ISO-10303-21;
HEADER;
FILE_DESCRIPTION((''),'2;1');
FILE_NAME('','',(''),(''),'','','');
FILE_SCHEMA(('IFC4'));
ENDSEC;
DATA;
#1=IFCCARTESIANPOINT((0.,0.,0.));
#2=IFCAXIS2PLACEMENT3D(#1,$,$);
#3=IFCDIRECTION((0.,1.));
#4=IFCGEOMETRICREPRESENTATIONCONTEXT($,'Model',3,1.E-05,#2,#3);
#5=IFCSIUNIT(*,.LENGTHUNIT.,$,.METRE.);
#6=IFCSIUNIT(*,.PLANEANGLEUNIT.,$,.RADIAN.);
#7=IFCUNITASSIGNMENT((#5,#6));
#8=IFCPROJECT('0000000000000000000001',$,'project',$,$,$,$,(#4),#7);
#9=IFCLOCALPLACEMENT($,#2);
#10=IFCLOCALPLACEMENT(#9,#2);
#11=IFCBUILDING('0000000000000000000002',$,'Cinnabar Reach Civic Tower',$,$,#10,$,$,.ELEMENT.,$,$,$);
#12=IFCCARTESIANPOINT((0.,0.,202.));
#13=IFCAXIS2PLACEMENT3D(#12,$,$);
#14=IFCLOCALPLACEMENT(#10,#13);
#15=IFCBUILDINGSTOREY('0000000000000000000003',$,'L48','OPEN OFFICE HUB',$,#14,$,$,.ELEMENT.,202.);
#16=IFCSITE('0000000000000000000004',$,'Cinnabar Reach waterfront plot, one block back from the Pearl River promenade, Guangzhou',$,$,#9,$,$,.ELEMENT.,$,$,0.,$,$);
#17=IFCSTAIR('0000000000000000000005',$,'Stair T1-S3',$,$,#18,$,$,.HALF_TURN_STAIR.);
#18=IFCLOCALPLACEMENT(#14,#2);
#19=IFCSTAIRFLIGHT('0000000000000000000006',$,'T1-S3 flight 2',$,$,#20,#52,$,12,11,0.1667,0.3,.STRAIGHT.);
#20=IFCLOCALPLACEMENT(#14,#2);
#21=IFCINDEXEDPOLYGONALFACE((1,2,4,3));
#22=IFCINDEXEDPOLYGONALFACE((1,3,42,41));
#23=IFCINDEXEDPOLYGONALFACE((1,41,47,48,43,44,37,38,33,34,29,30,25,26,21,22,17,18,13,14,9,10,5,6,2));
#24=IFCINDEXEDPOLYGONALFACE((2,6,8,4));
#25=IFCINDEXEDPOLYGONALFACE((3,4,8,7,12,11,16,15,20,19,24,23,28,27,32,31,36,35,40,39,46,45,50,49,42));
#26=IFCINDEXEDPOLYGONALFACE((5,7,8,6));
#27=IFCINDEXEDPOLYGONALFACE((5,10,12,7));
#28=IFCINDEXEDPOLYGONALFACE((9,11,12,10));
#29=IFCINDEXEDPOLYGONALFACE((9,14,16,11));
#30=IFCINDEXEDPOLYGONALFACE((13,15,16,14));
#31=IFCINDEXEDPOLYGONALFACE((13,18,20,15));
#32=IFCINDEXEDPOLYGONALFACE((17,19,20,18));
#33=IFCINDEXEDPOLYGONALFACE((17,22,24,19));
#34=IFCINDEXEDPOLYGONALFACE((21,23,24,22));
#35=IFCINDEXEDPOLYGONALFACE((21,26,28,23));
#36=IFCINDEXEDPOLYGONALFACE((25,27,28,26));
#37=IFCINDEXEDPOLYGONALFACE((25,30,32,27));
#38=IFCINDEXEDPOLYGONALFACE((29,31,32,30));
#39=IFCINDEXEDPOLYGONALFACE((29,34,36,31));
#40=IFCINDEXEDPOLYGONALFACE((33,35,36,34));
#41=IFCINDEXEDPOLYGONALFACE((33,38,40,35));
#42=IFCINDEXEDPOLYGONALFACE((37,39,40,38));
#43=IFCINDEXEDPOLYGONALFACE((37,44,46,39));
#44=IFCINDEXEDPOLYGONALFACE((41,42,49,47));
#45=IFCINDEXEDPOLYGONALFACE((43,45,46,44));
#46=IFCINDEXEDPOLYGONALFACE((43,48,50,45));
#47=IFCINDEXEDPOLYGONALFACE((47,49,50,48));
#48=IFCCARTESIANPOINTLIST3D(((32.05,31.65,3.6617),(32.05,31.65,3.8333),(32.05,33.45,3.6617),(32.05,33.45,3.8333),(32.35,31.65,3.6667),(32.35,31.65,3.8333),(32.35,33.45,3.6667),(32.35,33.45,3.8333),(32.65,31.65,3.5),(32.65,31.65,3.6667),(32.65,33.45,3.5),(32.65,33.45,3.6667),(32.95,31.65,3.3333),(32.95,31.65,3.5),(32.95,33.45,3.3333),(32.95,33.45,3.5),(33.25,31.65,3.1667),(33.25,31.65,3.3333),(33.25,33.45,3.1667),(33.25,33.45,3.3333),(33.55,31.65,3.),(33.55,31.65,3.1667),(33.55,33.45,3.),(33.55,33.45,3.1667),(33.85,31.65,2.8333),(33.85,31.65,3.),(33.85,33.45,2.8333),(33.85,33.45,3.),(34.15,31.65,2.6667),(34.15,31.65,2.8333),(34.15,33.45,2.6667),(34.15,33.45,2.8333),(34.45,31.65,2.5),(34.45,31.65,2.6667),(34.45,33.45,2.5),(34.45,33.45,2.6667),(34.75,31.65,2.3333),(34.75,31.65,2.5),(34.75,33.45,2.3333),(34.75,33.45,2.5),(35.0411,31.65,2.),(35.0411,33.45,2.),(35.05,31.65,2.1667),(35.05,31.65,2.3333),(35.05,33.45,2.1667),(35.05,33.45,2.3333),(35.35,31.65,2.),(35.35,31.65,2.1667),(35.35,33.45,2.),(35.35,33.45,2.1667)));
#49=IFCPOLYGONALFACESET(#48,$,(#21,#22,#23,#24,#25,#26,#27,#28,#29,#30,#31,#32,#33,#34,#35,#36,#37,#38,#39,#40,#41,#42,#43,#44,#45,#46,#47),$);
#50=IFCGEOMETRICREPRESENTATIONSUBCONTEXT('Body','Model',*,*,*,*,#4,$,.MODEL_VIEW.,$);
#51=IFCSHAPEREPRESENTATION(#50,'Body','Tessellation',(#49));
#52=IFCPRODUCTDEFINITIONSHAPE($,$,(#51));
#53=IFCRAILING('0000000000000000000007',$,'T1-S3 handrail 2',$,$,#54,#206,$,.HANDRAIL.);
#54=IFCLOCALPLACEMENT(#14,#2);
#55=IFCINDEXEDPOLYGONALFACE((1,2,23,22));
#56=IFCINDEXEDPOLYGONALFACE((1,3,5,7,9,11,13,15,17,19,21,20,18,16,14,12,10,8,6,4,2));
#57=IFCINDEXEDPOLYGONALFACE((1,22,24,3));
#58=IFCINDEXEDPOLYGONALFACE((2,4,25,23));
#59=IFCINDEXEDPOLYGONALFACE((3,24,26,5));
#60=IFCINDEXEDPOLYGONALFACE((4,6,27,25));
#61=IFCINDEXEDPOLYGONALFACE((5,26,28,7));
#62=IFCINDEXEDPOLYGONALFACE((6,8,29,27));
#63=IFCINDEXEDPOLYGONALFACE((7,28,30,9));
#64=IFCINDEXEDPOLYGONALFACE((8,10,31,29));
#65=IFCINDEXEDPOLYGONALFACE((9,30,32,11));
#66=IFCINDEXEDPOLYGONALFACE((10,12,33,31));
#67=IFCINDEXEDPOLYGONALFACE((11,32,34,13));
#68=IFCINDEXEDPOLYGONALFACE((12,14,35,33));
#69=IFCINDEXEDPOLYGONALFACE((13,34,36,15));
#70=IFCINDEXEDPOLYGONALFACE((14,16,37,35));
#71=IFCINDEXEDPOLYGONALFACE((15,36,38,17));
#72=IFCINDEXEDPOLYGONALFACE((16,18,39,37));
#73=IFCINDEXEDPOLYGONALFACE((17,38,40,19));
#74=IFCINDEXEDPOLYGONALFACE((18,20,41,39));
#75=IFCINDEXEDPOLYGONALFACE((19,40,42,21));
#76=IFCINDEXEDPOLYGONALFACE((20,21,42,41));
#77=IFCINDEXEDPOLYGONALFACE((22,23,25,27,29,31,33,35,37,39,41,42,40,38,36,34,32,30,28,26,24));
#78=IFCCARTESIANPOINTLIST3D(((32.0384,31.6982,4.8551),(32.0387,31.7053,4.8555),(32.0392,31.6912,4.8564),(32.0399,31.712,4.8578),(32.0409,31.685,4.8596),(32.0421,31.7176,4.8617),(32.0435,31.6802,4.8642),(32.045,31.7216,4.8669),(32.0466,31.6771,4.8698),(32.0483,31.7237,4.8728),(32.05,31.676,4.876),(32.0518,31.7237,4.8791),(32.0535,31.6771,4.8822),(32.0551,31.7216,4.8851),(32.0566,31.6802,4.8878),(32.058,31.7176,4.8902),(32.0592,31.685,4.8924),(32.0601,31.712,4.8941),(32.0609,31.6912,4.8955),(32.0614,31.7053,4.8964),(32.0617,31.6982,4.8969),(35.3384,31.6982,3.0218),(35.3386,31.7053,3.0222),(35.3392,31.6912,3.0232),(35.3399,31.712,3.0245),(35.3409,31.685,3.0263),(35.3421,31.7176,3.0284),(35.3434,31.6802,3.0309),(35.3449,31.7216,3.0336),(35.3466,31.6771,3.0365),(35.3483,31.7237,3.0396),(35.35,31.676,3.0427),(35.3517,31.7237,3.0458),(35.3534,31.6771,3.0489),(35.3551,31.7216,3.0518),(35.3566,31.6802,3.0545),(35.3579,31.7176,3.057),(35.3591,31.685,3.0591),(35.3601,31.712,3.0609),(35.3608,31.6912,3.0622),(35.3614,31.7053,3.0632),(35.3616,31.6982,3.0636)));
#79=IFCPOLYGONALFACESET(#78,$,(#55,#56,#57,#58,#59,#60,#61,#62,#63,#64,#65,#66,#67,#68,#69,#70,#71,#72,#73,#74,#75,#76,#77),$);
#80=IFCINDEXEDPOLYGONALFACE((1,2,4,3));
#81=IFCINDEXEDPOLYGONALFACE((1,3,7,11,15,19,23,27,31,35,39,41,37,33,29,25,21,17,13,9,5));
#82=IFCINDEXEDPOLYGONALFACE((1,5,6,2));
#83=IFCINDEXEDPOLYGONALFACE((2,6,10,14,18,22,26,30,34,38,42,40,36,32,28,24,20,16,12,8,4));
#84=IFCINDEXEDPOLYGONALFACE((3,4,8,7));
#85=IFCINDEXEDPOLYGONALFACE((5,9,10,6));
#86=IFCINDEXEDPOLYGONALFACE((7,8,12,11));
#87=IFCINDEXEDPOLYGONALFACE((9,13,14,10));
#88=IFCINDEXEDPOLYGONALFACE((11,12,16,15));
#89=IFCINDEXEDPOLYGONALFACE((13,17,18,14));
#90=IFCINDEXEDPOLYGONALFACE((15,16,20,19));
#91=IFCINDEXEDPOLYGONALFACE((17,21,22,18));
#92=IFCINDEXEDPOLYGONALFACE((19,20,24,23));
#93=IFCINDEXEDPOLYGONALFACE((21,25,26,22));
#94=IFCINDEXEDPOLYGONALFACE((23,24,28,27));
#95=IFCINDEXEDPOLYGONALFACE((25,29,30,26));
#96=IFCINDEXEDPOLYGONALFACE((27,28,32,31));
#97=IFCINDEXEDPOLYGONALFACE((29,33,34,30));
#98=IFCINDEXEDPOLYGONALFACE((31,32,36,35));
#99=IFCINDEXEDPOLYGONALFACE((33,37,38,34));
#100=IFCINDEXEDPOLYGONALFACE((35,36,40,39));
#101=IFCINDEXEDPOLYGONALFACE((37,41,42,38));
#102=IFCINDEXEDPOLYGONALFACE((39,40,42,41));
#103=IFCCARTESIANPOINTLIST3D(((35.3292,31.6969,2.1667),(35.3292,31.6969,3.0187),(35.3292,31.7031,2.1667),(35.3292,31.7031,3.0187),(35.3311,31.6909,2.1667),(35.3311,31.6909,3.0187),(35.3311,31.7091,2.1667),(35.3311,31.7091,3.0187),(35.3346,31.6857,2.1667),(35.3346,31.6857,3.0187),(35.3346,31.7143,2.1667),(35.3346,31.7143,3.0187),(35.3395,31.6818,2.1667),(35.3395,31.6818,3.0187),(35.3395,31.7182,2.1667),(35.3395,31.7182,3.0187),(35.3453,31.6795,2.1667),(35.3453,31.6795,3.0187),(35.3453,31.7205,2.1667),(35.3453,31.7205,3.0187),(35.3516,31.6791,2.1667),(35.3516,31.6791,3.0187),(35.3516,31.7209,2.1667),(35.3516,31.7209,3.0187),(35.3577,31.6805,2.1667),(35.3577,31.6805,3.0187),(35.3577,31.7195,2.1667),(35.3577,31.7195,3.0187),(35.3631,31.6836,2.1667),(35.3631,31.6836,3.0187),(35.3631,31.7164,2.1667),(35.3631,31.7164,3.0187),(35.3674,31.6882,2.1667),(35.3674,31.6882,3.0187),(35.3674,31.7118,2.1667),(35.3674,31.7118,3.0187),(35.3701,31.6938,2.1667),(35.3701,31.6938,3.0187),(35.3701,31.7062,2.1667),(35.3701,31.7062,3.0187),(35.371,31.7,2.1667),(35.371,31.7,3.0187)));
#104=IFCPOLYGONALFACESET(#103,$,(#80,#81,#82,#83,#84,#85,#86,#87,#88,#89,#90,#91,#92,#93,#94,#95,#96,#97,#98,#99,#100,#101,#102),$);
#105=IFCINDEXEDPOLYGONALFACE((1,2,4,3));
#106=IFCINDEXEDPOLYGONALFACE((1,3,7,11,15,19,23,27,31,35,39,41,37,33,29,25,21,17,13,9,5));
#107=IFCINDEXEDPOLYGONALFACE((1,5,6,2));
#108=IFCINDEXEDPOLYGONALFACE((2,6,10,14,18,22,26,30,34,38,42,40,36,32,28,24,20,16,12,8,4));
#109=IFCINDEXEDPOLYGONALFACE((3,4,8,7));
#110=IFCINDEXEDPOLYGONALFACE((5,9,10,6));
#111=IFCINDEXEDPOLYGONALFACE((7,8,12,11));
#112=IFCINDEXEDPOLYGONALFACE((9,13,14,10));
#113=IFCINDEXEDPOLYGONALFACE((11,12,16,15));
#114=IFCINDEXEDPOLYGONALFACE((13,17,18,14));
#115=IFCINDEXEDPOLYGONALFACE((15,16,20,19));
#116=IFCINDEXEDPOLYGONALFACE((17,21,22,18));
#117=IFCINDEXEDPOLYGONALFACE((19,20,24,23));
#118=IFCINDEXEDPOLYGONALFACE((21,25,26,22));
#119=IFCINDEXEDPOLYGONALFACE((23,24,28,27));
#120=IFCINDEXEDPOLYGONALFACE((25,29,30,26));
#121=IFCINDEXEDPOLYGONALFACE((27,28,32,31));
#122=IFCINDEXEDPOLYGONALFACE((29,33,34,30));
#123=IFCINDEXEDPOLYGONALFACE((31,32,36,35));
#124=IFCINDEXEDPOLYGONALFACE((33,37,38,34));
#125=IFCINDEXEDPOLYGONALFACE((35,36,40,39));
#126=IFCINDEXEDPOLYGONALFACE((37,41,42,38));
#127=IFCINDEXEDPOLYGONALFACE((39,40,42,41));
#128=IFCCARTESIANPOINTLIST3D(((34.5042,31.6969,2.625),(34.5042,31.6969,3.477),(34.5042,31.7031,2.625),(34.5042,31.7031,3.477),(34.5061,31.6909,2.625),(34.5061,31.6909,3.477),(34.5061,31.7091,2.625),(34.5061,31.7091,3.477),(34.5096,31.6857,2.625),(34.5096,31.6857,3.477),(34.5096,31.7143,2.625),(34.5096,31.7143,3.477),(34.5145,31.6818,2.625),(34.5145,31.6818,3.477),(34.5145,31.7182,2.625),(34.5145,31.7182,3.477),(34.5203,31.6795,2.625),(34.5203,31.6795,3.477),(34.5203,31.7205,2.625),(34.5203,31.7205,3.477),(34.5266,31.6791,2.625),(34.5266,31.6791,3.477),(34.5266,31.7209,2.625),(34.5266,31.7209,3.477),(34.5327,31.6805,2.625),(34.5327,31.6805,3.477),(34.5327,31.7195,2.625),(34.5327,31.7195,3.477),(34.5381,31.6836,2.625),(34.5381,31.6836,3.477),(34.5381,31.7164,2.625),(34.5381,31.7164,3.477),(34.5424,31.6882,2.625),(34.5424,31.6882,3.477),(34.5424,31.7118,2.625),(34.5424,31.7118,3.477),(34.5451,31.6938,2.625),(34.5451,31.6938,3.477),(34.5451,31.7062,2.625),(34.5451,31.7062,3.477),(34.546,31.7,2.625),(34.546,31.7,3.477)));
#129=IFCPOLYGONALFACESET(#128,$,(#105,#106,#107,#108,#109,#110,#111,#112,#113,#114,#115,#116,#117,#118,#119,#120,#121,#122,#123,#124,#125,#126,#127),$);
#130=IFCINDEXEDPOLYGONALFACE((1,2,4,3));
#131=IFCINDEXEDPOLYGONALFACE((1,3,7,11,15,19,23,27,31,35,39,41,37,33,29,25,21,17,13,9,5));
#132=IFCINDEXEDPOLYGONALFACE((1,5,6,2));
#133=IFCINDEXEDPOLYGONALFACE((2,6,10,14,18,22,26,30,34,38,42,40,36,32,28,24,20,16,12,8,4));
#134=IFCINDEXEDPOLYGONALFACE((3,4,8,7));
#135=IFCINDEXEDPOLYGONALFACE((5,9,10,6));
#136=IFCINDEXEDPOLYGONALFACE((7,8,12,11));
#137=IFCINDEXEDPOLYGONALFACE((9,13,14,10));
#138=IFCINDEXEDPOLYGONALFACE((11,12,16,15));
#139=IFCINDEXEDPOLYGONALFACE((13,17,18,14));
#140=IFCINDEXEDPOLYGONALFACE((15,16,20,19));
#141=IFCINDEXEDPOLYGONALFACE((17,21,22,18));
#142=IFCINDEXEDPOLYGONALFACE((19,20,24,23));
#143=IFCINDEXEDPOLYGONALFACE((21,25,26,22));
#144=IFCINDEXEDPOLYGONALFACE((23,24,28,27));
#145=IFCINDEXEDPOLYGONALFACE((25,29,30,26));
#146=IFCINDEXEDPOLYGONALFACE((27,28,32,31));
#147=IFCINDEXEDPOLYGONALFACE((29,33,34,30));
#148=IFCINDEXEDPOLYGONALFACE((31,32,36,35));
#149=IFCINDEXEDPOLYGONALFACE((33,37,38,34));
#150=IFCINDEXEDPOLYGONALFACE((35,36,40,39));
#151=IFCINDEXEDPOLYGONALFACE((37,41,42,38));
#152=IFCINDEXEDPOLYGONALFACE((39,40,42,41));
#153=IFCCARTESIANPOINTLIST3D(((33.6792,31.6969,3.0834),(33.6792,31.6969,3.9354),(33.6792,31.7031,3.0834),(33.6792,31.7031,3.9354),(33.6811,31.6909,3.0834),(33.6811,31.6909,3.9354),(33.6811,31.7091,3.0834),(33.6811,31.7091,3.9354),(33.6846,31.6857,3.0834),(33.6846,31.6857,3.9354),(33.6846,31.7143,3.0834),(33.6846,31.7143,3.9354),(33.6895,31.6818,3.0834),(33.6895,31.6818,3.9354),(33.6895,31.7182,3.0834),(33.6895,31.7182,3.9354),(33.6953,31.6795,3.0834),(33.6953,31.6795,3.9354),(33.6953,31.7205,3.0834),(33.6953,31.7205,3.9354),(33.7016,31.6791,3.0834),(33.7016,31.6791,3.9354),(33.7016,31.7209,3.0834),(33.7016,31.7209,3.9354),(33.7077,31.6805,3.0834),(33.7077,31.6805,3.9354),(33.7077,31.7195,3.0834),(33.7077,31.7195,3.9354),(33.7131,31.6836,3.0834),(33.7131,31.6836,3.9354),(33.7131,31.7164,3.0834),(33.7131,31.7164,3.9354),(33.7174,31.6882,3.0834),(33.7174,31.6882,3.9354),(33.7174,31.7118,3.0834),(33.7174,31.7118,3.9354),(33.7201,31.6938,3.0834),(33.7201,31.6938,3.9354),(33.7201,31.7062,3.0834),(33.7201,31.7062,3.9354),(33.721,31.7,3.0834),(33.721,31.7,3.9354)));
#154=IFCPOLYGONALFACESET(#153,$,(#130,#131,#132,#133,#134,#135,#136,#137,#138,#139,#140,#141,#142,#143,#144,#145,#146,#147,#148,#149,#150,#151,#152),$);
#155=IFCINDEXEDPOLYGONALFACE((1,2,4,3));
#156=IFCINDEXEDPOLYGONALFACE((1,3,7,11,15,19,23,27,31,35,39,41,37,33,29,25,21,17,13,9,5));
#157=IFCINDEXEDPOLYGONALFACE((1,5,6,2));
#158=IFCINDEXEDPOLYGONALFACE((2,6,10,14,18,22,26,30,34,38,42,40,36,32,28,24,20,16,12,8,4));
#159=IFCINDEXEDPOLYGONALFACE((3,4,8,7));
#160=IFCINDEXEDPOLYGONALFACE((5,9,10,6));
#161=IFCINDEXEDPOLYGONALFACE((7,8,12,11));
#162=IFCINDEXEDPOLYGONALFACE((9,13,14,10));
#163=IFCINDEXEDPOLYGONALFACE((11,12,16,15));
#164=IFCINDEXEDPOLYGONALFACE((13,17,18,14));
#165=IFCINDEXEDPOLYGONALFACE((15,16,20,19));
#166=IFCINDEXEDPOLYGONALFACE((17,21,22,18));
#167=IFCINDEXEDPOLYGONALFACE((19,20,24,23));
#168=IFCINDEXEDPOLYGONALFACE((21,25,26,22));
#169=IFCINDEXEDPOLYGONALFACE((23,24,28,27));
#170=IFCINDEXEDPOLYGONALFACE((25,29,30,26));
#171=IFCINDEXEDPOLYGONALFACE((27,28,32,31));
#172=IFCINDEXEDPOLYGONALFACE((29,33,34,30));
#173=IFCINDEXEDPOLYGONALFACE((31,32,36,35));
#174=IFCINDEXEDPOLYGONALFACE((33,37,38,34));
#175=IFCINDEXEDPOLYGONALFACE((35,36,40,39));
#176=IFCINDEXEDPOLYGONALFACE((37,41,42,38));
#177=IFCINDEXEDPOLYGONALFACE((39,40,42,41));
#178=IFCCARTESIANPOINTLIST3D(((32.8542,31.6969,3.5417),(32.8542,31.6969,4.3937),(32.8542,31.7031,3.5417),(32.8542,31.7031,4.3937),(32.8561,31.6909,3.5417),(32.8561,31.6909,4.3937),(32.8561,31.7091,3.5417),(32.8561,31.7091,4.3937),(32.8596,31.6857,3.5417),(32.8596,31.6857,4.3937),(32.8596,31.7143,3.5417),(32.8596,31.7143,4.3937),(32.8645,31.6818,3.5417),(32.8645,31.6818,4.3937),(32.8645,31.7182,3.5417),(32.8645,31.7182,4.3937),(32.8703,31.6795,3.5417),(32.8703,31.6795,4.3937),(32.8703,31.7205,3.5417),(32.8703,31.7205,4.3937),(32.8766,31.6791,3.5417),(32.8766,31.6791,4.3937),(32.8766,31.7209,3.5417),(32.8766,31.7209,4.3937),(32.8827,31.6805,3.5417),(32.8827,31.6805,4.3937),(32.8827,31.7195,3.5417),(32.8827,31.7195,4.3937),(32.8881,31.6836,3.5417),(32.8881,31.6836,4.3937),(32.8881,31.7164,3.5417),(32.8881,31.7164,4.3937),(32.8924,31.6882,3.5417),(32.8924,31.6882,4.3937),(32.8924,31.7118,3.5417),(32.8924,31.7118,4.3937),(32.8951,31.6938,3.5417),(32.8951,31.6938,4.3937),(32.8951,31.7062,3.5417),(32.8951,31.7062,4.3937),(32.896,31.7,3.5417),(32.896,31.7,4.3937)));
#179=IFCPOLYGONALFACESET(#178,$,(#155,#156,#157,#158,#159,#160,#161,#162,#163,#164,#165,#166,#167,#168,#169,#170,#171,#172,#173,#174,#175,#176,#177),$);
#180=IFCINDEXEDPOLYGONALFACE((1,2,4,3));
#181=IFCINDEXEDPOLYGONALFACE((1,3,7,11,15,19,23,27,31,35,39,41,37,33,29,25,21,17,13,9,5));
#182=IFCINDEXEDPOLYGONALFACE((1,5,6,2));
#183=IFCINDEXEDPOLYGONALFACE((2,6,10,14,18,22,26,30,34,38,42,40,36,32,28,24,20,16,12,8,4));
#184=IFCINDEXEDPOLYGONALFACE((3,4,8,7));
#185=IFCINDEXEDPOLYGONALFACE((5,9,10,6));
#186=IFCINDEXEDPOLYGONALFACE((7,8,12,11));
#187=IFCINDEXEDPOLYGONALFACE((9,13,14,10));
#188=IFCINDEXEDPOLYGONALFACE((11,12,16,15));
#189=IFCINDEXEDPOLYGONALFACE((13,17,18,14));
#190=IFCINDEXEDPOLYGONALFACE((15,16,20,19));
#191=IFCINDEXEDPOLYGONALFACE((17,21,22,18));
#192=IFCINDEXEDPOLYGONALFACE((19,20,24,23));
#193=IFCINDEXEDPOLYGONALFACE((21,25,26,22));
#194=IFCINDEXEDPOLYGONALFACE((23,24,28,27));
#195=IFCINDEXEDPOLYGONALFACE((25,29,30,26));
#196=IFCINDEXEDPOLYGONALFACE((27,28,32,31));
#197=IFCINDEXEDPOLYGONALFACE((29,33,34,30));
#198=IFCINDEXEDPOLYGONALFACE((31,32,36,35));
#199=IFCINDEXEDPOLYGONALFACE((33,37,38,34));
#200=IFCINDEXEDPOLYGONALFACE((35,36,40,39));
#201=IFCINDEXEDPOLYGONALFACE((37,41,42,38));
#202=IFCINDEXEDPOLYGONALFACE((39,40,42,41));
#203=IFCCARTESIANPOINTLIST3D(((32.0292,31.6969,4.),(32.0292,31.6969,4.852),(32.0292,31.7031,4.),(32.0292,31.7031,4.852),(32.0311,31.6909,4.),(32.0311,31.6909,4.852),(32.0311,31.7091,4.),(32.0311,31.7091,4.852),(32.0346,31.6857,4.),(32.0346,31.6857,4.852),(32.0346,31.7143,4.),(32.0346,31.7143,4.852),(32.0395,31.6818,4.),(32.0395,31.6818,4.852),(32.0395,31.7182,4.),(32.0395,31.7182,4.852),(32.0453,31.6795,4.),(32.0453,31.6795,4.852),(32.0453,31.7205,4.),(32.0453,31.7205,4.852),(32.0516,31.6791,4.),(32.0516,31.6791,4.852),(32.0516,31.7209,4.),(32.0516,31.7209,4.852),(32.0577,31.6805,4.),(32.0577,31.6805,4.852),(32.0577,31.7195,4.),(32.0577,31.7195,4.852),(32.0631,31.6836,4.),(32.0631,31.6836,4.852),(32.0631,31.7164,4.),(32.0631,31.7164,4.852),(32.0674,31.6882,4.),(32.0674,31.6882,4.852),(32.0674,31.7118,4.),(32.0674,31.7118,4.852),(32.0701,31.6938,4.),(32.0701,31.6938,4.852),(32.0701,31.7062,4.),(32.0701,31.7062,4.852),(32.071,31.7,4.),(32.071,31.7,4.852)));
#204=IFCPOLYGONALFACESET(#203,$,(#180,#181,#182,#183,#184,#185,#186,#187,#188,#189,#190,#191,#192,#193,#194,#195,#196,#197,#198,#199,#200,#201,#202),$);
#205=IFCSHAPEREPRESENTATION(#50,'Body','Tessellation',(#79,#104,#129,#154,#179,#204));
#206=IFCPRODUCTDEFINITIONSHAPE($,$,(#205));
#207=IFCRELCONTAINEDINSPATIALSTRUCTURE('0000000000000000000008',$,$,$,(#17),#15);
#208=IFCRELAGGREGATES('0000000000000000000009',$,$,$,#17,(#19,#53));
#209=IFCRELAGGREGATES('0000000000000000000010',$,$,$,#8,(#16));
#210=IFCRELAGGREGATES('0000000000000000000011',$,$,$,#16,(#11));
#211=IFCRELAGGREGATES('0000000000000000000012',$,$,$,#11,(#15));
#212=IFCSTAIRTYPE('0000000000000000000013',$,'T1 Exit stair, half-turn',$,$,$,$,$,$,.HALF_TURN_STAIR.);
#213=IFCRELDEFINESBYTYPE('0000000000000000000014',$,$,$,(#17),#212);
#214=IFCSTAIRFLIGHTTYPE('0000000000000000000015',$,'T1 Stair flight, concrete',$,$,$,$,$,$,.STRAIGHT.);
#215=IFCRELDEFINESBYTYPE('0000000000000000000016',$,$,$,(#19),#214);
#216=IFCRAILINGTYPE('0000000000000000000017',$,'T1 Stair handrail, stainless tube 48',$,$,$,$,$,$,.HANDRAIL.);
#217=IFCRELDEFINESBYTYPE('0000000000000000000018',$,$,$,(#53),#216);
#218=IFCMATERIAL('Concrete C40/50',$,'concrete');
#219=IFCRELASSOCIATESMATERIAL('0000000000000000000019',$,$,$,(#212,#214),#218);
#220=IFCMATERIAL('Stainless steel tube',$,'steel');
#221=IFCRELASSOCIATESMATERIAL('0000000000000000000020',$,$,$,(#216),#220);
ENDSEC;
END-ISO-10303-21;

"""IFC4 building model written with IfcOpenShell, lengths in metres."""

from ifc_helpers import new_model, si_unit, direction, frame, origin, origin_2d, place, context, subcontext, project, spatial, polyline, circle, outline, extrude, material, type_object, element, aggregate, save


model = new_model("IFC4")

# Units and contexts
model_context = context("Model", 3, precision=1e-05, world=origin(), true_north=direction((0.0, 1.0)))
body_context = subcontext(model_context, "Body", "Model", "MODEL_VIEW")
ifc_project = project(units=[si_unit("LENGTHUNIT", "METRE"), si_unit("PLANEANGLEUNIT", "RADIAN")], contexts=[model_context])

# Site, building, storey
site_placement = place(None, origin())
site = spatial("IfcSite", under=ifc_project, at=site_placement, Name="Cinnabar Reach waterfront plot, one block back from the Pearl River promenade, Guangzhou", CompositionType="ELEMENT", RefElevation=0.0)
building_placement = place(site_placement, origin())
building = spatial("IfcBuilding", under=site, at=building_placement, Name="Cinnabar Reach Civic Tower", CompositionType="ELEMENT")
storey_placement = place(building_placement, frame((0.0, 0.0, 202.0)))
storey = spatial("IfcBuildingStorey", under=building, at=storey_placement, Name="L48", Description="OPEN OFFICE HUB", CompositionType="ELEMENT", Elevation=202.0)

# Stair, stair flight, railing
ifc_material_1 = material(Name="Concrete C40/50", Category="concrete")
stair_type = type_object("IfcStairType", Name="T1 Exit stair, half-turn", PredefinedType="HALF_TURN_STAIR", material=ifc_material_1)
stair_placement = place(storey_placement, origin())
stair = element("IfcStair", 1, at=stair_placement, inside=storey, type_object=stair_type, Name="Stair T1-S3", PredefinedType="HALF_TURN_STAIR")
stair_flight_type = type_object("IfcStairFlightType", Name="T1 Stair flight, concrete", PredefinedType="STRAIGHT", material=ifc_material_1)
stair_flight_placement = place(storey_placement, frame((35.35, 32.55, 2.0), z_axis=(0.0, 0.0, 1.0), x_axis=(-1.0, 0.0, 0.0)))
stair_flight = element("IfcStairFlight", 2, at=stair_flight_placement, type_object=stair_flight_type, Name="T1-S3 flight 2", NumberOfRisers=12, NumberOfTreads=11, PredefinedType="STRAIGHT", RiserHeight=0.1667, TreadLength=0.3, context=body_context, shape_type="SweptSolid", body=[
    extrude(outline(polyline([(0.0, 0.0), (0.0, 0.1667), (0.3, 0.1667), (0.3, 0.3333), (0.6, 0.3333), (0.6, 0.5), (0.9, 0.5), (0.9, 0.6667), (1.2, 0.6667), (1.2, 0.8333), (1.5, 0.8333), (1.5, 1.0), (1.8, 1.0), (1.8, 1.1667), (2.1, 1.1667), (2.1, 1.3333), (2.4, 1.3333), (2.4, 1.5), (2.7, 1.5), (2.7, 1.6667), (3.0, 1.6667), (3.0, 1.8333), (3.3, 1.8333), (3.3, 2.0), (3.3, 1.6617), (0.3089, 0.0), (0.0, 0.0)])), frame((0.0, 0.9, 0.0), z_axis=(0.0, -1.0, 0.0), x_axis=(1.0, 0.0, 0.0)), (0.0, 0.0, 1.0), 1.8),
])
ifc_material_2 = material(Name="Stainless steel tube", Category="steel")
railing_type = type_object("IfcRailingType", Name="T1 Stair handrail, stainless tube 48", PredefinedType="HANDRAIL", material=ifc_material_2)
railing_placement = place(storey_placement, frame((35.35, 31.7, 2.1667)))
railing = element("IfcRailing", 3, at=railing_placement, type_object=railing_type, Name="T1-S3 handrail 2", PredefinedType="HANDRAIL", context=body_context, shape_type="SweptSolid", body=[
    extrude(circle(Radius=0.024, at=origin_2d()), frame((0.0, 0.0, 0.876), z_axis=(-0.874161, 0.0, 0.485636), x_axis=(0.0, -1.0, 0.0)), (0.0, 0.0, 1.0), 3.775),
    extrude(circle(Radius=0.021, at=origin_2d()), origin(), (0.0, 0.0, 1.0), 0.852),
    extrude(circle(Radius=0.021, at=origin_2d()), frame((-0.825, 0.0, 0.4583)), (0.0, 0.0, 1.0), 0.852),
    extrude(circle(Radius=0.021, at=origin_2d()), frame((-1.65, 0.0, 0.9167)), (0.0, 0.0, 1.0), 0.852),
    extrude(circle(Radius=0.021, at=origin_2d()), frame((-2.475, 0.0, 1.375)), (0.0, 0.0, 1.0), 0.852),
    extrude(circle(Radius=0.021, at=origin_2d()), frame((-3.3, 0.0, 1.8333)), (0.0, 0.0, 1.0), 0.852),
])
aggregate(stair, [stair_flight, railing])

save(model, "model.ifc")
